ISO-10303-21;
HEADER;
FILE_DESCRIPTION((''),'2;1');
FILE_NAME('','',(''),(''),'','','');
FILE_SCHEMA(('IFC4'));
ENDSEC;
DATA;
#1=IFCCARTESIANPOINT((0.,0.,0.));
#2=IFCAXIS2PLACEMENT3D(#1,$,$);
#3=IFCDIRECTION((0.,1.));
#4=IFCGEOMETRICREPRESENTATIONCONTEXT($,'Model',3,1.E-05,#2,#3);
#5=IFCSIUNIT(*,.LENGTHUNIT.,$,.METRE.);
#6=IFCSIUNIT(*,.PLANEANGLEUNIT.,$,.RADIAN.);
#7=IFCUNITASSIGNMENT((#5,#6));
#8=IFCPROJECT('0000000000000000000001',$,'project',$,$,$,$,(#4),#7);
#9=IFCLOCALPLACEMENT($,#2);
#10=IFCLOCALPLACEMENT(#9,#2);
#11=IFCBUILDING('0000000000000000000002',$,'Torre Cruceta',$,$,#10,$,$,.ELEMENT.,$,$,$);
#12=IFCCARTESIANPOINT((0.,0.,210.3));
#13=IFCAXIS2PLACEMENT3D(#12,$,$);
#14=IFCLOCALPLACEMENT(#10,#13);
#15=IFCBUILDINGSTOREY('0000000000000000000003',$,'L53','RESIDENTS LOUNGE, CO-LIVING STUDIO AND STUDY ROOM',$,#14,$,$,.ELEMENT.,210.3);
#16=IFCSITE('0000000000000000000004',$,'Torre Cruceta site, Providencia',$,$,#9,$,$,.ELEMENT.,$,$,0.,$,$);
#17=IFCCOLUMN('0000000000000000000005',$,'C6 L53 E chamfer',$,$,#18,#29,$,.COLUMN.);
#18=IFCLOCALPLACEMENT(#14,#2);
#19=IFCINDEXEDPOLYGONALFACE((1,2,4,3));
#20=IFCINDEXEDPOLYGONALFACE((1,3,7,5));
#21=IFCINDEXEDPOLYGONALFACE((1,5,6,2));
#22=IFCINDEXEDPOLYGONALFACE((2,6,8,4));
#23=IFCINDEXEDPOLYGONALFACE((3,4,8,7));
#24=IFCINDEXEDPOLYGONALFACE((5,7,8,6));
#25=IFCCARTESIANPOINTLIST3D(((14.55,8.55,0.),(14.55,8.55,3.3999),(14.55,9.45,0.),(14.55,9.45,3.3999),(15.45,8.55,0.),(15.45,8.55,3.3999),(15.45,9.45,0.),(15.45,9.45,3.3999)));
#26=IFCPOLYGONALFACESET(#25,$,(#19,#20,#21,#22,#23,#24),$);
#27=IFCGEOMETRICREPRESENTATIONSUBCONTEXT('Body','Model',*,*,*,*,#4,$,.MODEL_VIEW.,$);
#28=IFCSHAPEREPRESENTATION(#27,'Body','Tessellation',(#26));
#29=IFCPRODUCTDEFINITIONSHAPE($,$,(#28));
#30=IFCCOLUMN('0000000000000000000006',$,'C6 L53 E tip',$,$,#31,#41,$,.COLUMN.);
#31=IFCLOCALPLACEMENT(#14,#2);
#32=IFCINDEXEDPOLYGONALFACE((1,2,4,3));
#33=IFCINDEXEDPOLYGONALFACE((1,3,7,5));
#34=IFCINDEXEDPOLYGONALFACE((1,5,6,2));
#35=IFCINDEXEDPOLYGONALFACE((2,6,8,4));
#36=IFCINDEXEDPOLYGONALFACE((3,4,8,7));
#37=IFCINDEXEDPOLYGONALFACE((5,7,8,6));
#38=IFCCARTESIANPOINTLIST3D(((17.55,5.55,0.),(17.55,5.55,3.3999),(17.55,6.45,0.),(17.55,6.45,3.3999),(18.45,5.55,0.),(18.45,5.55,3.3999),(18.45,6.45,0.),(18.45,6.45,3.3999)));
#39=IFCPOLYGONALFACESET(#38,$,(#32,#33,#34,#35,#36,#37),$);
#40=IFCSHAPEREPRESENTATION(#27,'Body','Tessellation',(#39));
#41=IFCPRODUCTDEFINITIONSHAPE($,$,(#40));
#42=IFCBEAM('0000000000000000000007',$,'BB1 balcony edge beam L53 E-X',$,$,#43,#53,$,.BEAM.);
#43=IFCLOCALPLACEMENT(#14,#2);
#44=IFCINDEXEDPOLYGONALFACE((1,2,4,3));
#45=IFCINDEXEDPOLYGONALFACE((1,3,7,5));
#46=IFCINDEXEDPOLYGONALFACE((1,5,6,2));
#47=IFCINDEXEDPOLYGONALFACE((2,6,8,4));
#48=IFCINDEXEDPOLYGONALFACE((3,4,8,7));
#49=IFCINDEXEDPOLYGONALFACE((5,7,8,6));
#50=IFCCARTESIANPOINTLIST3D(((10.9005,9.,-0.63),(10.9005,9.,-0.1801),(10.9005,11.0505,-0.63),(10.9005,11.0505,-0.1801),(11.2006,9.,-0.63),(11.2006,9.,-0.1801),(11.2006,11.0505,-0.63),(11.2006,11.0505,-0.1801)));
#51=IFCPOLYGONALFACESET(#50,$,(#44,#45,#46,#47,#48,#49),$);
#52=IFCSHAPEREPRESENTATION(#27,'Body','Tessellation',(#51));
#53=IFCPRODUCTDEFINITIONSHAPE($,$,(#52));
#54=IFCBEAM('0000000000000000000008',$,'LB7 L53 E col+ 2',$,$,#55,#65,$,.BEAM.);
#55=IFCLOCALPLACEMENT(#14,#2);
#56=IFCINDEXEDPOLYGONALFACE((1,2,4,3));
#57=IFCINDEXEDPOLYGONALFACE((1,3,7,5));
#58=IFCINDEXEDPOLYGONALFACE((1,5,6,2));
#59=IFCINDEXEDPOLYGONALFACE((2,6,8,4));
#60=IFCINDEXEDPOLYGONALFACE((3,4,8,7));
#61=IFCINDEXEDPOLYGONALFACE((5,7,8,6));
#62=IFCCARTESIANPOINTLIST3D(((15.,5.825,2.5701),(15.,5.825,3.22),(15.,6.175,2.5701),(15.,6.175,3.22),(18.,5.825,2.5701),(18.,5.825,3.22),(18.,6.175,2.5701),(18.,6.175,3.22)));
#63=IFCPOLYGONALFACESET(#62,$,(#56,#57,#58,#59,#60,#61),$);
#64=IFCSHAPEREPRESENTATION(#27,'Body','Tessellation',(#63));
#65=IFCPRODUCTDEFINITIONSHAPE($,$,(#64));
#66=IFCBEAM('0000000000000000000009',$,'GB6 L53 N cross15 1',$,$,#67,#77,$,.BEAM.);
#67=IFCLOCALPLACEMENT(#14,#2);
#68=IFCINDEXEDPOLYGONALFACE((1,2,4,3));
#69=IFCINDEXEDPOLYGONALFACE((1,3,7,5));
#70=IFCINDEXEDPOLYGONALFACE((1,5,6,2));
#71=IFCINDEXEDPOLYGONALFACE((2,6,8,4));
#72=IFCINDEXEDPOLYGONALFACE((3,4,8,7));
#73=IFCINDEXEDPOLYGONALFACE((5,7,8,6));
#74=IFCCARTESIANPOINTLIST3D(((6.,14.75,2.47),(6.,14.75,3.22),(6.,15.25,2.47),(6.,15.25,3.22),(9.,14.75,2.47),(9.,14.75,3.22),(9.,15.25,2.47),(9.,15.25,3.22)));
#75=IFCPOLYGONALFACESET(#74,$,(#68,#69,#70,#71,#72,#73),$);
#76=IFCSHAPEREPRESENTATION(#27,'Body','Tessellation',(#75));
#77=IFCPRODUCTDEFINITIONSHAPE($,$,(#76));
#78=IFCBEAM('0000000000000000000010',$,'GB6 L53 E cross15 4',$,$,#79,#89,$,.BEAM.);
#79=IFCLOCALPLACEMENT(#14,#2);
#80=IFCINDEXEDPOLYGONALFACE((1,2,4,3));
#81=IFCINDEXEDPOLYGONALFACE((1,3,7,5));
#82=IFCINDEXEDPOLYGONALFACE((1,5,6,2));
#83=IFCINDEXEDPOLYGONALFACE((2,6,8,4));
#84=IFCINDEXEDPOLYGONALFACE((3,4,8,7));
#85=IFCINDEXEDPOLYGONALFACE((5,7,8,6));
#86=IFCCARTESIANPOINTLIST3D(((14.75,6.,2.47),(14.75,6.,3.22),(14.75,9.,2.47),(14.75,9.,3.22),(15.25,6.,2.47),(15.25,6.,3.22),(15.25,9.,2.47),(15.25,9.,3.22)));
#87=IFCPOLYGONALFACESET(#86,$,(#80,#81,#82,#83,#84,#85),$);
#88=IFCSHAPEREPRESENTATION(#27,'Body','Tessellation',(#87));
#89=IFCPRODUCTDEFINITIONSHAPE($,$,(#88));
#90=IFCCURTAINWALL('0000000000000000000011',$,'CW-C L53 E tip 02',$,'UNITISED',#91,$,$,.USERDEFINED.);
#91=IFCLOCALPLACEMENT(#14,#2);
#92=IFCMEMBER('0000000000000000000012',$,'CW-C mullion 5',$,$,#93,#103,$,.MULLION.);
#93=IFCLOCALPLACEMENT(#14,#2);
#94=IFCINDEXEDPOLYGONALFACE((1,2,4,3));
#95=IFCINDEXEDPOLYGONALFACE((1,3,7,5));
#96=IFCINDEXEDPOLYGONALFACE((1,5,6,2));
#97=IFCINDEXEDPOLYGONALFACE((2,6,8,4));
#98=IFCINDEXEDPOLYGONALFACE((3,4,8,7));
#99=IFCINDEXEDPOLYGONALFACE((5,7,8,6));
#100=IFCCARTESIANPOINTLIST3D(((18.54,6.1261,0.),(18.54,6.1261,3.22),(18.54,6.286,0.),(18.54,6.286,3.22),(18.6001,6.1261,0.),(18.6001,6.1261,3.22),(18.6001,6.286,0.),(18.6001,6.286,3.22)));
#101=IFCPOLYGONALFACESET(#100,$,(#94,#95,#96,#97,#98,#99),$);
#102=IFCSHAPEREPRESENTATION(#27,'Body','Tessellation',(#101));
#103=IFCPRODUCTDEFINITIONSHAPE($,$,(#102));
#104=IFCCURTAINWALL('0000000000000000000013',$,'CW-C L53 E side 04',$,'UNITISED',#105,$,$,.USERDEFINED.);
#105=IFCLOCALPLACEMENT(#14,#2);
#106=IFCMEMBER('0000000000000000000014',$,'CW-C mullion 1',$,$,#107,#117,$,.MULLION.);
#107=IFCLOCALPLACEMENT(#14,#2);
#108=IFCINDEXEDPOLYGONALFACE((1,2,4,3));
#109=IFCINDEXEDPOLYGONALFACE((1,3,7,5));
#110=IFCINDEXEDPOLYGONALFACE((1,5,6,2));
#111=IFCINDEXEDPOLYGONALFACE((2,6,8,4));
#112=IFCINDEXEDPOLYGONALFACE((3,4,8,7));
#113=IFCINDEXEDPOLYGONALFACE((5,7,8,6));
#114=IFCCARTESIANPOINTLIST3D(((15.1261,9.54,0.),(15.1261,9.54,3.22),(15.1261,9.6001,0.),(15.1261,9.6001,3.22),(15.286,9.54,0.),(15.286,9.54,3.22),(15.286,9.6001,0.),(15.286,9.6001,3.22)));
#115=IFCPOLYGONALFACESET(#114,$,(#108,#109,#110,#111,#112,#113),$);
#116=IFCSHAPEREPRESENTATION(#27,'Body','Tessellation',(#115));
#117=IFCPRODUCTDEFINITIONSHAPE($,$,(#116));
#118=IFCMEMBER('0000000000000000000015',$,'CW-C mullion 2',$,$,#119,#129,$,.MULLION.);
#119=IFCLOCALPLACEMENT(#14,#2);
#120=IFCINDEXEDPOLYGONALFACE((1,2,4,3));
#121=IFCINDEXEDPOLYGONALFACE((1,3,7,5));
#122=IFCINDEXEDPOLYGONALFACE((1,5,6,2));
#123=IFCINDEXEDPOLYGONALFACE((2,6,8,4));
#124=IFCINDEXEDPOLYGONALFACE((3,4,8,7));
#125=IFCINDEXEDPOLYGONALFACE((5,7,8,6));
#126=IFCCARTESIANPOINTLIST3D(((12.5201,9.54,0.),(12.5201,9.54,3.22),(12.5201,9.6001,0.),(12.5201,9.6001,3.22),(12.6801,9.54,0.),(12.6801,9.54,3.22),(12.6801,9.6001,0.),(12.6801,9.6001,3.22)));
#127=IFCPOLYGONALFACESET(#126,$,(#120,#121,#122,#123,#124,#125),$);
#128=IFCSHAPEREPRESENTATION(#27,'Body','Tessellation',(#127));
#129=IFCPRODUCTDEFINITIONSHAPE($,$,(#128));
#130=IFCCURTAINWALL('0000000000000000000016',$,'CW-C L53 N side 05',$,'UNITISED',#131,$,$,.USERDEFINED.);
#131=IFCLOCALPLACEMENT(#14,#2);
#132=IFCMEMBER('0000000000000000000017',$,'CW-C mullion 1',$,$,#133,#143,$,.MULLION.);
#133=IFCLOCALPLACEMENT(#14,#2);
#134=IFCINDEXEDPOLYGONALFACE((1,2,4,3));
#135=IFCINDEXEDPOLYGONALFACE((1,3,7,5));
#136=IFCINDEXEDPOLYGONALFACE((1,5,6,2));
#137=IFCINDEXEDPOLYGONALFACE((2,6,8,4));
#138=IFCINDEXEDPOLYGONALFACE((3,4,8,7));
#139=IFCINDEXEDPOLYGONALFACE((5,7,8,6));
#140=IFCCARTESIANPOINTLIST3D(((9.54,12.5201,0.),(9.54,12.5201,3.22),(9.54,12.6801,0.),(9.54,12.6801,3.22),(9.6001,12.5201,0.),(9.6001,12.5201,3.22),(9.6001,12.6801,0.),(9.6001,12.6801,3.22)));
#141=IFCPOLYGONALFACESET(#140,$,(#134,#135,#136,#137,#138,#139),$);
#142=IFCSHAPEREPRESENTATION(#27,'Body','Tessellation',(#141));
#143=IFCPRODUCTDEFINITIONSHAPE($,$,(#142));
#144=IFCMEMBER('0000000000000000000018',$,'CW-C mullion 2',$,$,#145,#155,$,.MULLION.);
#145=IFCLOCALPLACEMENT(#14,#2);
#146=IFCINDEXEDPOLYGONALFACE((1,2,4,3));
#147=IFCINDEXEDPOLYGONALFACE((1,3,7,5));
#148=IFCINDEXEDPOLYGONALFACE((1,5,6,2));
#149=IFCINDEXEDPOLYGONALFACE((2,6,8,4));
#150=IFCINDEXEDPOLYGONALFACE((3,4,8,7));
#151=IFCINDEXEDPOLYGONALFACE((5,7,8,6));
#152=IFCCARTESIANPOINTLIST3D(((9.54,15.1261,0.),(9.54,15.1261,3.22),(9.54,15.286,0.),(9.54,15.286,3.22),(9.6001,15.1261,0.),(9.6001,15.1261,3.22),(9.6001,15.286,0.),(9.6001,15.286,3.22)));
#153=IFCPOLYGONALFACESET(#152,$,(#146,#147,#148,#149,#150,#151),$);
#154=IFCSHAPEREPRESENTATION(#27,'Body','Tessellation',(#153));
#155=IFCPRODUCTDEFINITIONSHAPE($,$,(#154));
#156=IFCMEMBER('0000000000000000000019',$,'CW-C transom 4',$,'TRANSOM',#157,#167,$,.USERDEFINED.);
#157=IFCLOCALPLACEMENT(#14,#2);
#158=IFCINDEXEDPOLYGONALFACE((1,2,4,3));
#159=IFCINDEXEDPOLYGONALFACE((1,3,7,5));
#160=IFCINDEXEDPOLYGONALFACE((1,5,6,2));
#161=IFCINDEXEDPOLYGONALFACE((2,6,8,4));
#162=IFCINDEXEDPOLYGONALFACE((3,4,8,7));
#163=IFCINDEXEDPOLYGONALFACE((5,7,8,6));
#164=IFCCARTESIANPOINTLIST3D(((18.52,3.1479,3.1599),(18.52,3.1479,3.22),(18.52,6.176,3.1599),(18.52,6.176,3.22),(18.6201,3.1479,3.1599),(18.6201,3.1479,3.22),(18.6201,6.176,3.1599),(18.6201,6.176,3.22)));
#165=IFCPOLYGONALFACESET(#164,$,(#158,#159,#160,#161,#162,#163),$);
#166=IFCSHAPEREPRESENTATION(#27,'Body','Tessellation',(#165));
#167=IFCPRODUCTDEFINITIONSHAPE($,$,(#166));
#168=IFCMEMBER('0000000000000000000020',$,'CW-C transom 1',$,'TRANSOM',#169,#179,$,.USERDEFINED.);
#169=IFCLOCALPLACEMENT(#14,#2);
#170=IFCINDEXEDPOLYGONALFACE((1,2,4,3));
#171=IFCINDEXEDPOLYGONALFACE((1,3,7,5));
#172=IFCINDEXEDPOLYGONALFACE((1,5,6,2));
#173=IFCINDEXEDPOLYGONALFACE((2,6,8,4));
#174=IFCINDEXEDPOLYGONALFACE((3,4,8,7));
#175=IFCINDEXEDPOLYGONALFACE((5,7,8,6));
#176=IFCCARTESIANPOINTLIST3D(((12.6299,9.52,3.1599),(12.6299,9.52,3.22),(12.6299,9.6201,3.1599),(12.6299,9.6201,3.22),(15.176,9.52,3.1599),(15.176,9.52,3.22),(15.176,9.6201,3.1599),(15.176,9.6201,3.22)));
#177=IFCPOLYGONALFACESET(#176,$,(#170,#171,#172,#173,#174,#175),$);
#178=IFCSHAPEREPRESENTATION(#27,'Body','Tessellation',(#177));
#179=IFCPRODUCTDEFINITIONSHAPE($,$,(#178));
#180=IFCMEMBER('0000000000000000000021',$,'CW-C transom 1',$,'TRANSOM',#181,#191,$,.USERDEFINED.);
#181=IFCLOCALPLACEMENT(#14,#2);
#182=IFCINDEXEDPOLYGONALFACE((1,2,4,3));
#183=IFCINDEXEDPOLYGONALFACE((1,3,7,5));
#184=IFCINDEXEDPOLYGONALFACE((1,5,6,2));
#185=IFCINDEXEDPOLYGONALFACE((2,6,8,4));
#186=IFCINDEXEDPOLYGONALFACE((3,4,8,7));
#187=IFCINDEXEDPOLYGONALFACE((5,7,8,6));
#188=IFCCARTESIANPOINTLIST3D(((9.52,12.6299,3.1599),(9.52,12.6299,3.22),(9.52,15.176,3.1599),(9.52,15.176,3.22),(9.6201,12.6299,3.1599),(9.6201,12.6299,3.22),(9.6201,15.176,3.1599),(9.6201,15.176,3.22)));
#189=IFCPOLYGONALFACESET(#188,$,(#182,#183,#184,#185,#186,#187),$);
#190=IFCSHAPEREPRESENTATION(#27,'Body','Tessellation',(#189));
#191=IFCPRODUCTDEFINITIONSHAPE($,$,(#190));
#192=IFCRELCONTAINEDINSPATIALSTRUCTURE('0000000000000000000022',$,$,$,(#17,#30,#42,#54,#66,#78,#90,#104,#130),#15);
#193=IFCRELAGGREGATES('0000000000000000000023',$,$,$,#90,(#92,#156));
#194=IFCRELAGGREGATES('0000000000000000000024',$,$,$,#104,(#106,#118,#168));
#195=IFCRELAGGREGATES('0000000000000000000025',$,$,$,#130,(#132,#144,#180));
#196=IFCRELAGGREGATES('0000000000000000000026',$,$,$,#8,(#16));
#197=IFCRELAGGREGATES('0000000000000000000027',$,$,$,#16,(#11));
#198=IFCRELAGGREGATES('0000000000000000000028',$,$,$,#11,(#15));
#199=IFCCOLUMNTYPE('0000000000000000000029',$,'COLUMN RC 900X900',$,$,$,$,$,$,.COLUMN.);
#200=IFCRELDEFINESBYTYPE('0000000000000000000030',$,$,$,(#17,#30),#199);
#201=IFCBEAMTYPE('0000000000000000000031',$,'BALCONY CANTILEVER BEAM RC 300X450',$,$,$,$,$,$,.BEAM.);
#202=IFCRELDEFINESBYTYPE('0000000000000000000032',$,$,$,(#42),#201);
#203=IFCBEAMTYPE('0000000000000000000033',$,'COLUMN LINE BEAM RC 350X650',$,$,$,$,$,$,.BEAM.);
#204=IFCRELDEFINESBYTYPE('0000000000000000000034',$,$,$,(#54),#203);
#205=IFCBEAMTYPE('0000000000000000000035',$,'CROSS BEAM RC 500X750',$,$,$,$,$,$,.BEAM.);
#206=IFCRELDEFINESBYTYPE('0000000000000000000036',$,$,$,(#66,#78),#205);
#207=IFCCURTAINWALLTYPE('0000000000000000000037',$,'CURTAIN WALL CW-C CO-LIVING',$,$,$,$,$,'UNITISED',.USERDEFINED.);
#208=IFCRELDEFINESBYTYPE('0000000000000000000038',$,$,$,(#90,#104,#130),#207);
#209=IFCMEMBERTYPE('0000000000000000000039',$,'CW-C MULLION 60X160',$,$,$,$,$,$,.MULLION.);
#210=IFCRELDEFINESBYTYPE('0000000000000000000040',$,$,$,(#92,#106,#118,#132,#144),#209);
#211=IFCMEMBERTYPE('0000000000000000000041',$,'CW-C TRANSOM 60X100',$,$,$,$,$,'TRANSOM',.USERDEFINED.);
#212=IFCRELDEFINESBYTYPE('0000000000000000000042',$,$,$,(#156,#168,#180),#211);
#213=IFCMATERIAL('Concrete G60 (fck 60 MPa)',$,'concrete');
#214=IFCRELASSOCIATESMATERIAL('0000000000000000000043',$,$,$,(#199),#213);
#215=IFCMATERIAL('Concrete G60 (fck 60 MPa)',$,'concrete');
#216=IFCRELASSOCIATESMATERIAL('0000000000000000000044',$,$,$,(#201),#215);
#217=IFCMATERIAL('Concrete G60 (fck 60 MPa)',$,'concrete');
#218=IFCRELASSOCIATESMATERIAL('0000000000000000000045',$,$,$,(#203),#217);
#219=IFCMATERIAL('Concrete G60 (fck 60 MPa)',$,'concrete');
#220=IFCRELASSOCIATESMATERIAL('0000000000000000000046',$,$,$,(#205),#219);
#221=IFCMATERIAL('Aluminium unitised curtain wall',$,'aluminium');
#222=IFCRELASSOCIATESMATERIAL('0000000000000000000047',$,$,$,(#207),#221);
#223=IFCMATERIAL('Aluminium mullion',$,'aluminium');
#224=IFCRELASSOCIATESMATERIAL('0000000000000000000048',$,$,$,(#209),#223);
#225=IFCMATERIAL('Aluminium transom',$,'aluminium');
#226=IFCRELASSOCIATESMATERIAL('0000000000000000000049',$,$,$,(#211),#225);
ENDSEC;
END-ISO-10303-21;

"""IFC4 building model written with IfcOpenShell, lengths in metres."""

from ifc_helpers import new_model, si_unit, direction, frame, origin, origin_2d, place, context, subcontext, project, spatial, rectangle, extrude, material, material_profile, profile_set, type_object, element, aggregate, save


model = new_model("IFC4")

# Units and contexts
model_context = context("Model", 3, precision=1e-05, world=origin(), true_north=direction((0.0, 1.0)))
body_context = subcontext(model_context, "Body", "Model", "MODEL_VIEW")
ifc_project = project(units=[si_unit("LENGTHUNIT", "METRE"), si_unit("PLANEANGLEUNIT", "RADIAN")], contexts=[model_context])

# Site, building, storey
site_placement = place(None, origin())
site = spatial("IfcSite", under=ifc_project, at=site_placement, Name="Torre Cruceta site, Providencia", CompositionType="ELEMENT", RefElevation=0.0)
building_placement = place(site_placement, origin())
building = spatial("IfcBuilding", under=site, at=building_placement, Name="Torre Cruceta", CompositionType="ELEMENT")
storey_placement = place(building_placement, frame((0.0, 0.0, 210.3)))
storey = spatial("IfcBuildingStorey", under=building, at=storey_placement, Name="L53", Description="RESIDENTS LOUNGE, CO-LIVING STUDIO AND STUDY ROOM", CompositionType="ELEMENT", Elevation=210.3)

# Columns
ifc_material_1 = material(Name="Concrete G60 (fck 60 MPa)", Category="concrete")
ifc_material_profile_1 = material_profile(ifc_material_1, rectangle(XDim=0.8999, YDim=0.8999, at=origin_2d()), Name="RC 900X900")
ifc_profile_set_1 = profile_set([ifc_material_profile_1], Name="Concrete G60 (fck 60 MPa)")
column_type = type_object("IfcColumnType", Name="COLUMN RC 900X900", PredefinedType="COLUMN", material=ifc_profile_set_1)
for number, where, z_axis, x_axis, name in (
    (1, (15.0, 9.0, 0.0), (0.0, 0.0, 1.0), (1.0, 0.0, 0.0), "C6 L53 E chamfer"),
    (2, (18.0, 6.0, 0.0), (0.0, 0.0, 1.0), (1.0, 0.0, 0.0), "C6 L53 E tip"),
):
    element("IfcColumn", number, at=place(storey_placement, frame(where, z_axis=z_axis, x_axis=x_axis)), inside=storey, type_object=column_type, Name=name, PredefinedType="COLUMN", context=body_context, shape_type="SweptSolid", body=[
        extrude(rectangle(XDim=0.8999, YDim=0.8999, at=origin_2d()), origin(), (0.0, 0.0, 1.0), 3.3999),
    ])

# Beams
ifc_material_2 = material(Name="Concrete G60 (fck 60 MPa)", Category="concrete")
ifc_material_profile_2 = material_profile(ifc_material_2, rectangle(XDim=0.3, YDim=0.45, at=origin_2d()), Name="RC 300X450")
ifc_profile_set_2 = profile_set([ifc_material_profile_2], Name="Concrete G60 (fck 60 MPa)")
beam_type_1 = type_object("IfcBeamType", Name="BALCONY CANTILEVER BEAM RC 300X450", PredefinedType="BEAM", material=ifc_profile_set_2)
beam_1_placement = place(storey_placement, frame((11.0505, 9.0, -0.405), z_axis=(0.0, 1.0, 0.0), x_axis=(-1.0, 0.0, 0.0)))
element("IfcBeam", 3, at=beam_1_placement, inside=storey, type_object=beam_type_1, Name="BB1 balcony edge beam L53 E-X", PredefinedType="BEAM", context=body_context, shape_type="SweptSolid", body=[
    extrude(rectangle(XDim=0.3, YDim=0.45, at=origin_2d()), origin(), (0.0, 0.0, 1.0), 2.0505),
])
ifc_material_3 = material(Name="Concrete G60 (fck 60 MPa)", Category="concrete")
ifc_material_profile_3 = material_profile(ifc_material_3, rectangle(XDim=0.3501, YDim=0.6499, at=origin_2d()), Name="RC 350X650")
ifc_profile_set_3 = profile_set([ifc_material_profile_3], Name="Concrete G60 (fck 60 MPa)")
beam_type_2 = type_object("IfcBeamType", Name="COLUMN LINE BEAM RC 350X650", PredefinedType="BEAM", material=ifc_profile_set_3)
beam_2_placement = place(storey_placement, frame((15.0, 6.0, 2.895), z_axis=(1.0, 0.0, 0.0), x_axis=(0.0, 1.0, 0.0)))
element("IfcBeam", 4, at=beam_2_placement, inside=storey, type_object=beam_type_2, Name="LB7 L53 E col+ 2", PredefinedType="BEAM", context=body_context, shape_type="SweptSolid", body=[
    extrude(rectangle(XDim=0.3501, YDim=0.6499, at=origin_2d()), origin(), (0.0, 0.0, 1.0), 3.0),
])
ifc_material_4 = material(Name="Concrete G60 (fck 60 MPa)", Category="concrete")
ifc_material_profile_4 = material_profile(ifc_material_4, rectangle(XDim=0.5, YDim=0.75, at=origin_2d()), Name="RC 500X750")
ifc_profile_set_4 = profile_set([ifc_material_profile_4], Name="Concrete G60 (fck 60 MPa)")
beam_type_3 = type_object("IfcBeamType", Name="CROSS BEAM RC 500X750", PredefinedType="BEAM", material=ifc_profile_set_4)
for number, where, z_axis, x_axis, name in (
    (5, (9.0, 15.0, 2.845), (-1.0, 0.0, 0.0), (0.0, -1.0, 0.0), "GB6 L53 N cross15 1"),
    (6, (15.0, 6.0, 2.845), (0.0, 1.0, 0.0), (-1.0, 0.0, 0.0), "GB6 L53 E cross15 4"),
):
    element("IfcBeam", number, at=place(storey_placement, frame(where, z_axis=z_axis, x_axis=x_axis)), inside=storey, type_object=beam_type_3, Name=name, PredefinedType="BEAM", context=body_context, shape_type="SweptSolid", body=[
        extrude(rectangle(XDim=0.5, YDim=0.75, at=origin_2d()), origin(), (0.0, 0.0, 1.0), 3.0),
    ])

# Curtain wall, member
ifc_material_5 = material(Name="Aluminium unitised curtain wall", Category="aluminium")
curtain_wall_type = type_object("IfcCurtainWallType", Name="CURTAIN WALL CW-C CO-LIVING", ElementType="UNITISED", PredefinedType="USERDEFINED", material=ifc_material_5)
curtain_wall_1_placement = place(storey_placement, origin())
curtain_wall_1 = element("IfcCurtainWall", 7, at=curtain_wall_1_placement, inside=storey, type_object=curtain_wall_type, Name="CW-C L53 E tip 02", ObjectType="UNITISED", PredefinedType="USERDEFINED")
ifc_material_6 = material(Name="Aluminium mullion", Category="aluminium")
ifc_material_profile_5 = material_profile(ifc_material_6, rectangle(XDim=0.0601, YDim=0.1599, at=origin_2d()), Name="AL 60X160")
ifc_profile_set_5 = profile_set([ifc_material_profile_5], Name="Aluminium mullion")
member_type_1 = type_object("IfcMemberType", Name="CW-C MULLION 60X160", PredefinedType="MULLION", material=ifc_profile_set_5)
member_1_placement = place(storey_placement, frame((18.5701, 6.2061, 0.0), z_axis=(0.0, 0.0, 1.0), x_axis=(-1.0, 0.0, 0.0)))
member_1 = element("IfcMember", 8, at=member_1_placement, type_object=member_type_1, Name="CW-C mullion 5", PredefinedType="MULLION", context=body_context, shape_type="SweptSolid", body=[
    extrude(rectangle(XDim=0.0601, YDim=0.1599, at=origin_2d()), origin(), (0.0, 0.0, 1.0), 3.22),
])

# Curtain walls, members
curtain_wall_2_placement = place(storey_placement, origin())
curtain_wall_2 = element("IfcCurtainWall", 9, at=curtain_wall_2_placement, inside=storey, type_object=curtain_wall_type, Name="CW-C L53 E side 04", ObjectType="UNITISED", PredefinedType="USERDEFINED")
member_2_placement = place(storey_placement, frame((15.2061, 9.5701, 0.0), z_axis=(0.0, 0.0, 1.0), x_axis=(0.0, -1.0, 0.0)))
member_2 = element("IfcMember", 10, at=member_2_placement, type_object=member_type_1, Name="CW-C mullion 1", PredefinedType="MULLION", context=body_context, shape_type="SweptSolid", body=[
    extrude(rectangle(XDim=0.0601, YDim=0.1599, at=origin_2d()), origin(), (0.0, 0.0, 1.0), 3.22),
])
member_3_placement = place(storey_placement, frame((12.6001, 9.5701, 0.0), z_axis=(0.0, 0.0, 1.0), x_axis=(0.0, -1.0, 0.0)))
member_3 = element("IfcMember", 11, at=member_3_placement, type_object=member_type_1, Name="CW-C mullion 2", PredefinedType="MULLION", context=body_context, shape_type="SweptSolid", body=[
    extrude(rectangle(XDim=0.0601, YDim=0.1599, at=origin_2d()), origin(), (0.0, 0.0, 1.0), 3.22),
])
curtain_wall_3_placement = place(storey_placement, origin())
curtain_wall_3 = element("IfcCurtainWall", 12, at=curtain_wall_3_placement, inside=storey, type_object=curtain_wall_type, Name="CW-C L53 N side 05", ObjectType="UNITISED", PredefinedType="USERDEFINED")
member_4_placement = place(storey_placement, frame((9.5701, 12.6001, 0.0), z_axis=(0.0, 0.0, 1.0), x_axis=(-1.0, 0.0, 0.0)))
member_4 = element("IfcMember", 13, at=member_4_placement, type_object=member_type_1, Name="CW-C mullion 1", PredefinedType="MULLION", context=body_context, shape_type="SweptSolid", body=[
    extrude(rectangle(XDim=0.0601, YDim=0.1599, at=origin_2d()), origin(), (0.0, 0.0, 1.0), 3.22),
])
member_5_placement = place(storey_placement, frame((9.5701, 15.2061, 0.0), z_axis=(0.0, 0.0, 1.0), x_axis=(-1.0, 0.0, 0.0)))
member_5 = element("IfcMember", 14, at=member_5_placement, type_object=member_type_1, Name="CW-C mullion 2", PredefinedType="MULLION", context=body_context, shape_type="SweptSolid", body=[
    extrude(rectangle(XDim=0.0601, YDim=0.1599, at=origin_2d()), origin(), (0.0, 0.0, 1.0), 3.22),
])

# Members
ifc_material_7 = material(Name="Aluminium transom", Category="aluminium")
ifc_material_profile_6 = material_profile(ifc_material_7, rectangle(XDim=0.1001, YDim=0.0601, at=origin_2d()), Name="AL 100X60")
ifc_profile_set_6 = profile_set([ifc_material_profile_6], Name="Aluminium transom")
member_type_2 = type_object("IfcMemberType", Name="CW-C TRANSOM 60X100", ElementType="TRANSOM", PredefinedType="USERDEFINED", material=ifc_profile_set_6)
member_6_placement = place(storey_placement, frame((18.5701, 3.1479, 3.1899), z_axis=(0.0, 1.0, 0.0), x_axis=(-1.0, 0.0, 0.0)))
member_6 = element("IfcMember", 15, at=member_6_placement, type_object=member_type_2, Name="CW-C transom 4", ObjectType="TRANSOM", PredefinedType="USERDEFINED", context=body_context, shape_type="SweptSolid", body=[
    extrude(rectangle(XDim=0.1001, YDim=0.0601, at=origin_2d()), origin(), (0.0, 0.0, 1.0), 3.0281),
])
member_7_placement = place(storey_placement, frame((15.176, 9.5701, 3.1899), z_axis=(-1.0, 0.0, 0.0), x_axis=(0.0, -1.0, 0.0)))
member_7 = element("IfcMember", 16, at=member_7_placement, type_object=member_type_2, Name="CW-C transom 1", ObjectType="TRANSOM", PredefinedType="USERDEFINED", context=body_context, shape_type="SweptSolid", body=[
    extrude(rectangle(XDim=0.1001, YDim=0.0601, at=origin_2d()), origin(), (0.0, 0.0, 1.0), 2.5461),
])
member_8_placement = place(storey_placement, frame((9.5701, 12.6299, 3.1899), z_axis=(0.0, 1.0, 0.0), x_axis=(-1.0, 0.0, 0.0)))
member_8 = element("IfcMember", 17, at=member_8_placement, type_object=member_type_2, Name="CW-C transom 1", ObjectType="TRANSOM", PredefinedType="USERDEFINED", context=body_context, shape_type="SweptSolid", body=[
    extrude(rectangle(XDim=0.1001, YDim=0.0601, at=origin_2d()), origin(), (0.0, 0.0, 1.0), 2.5461),
])

aggregate(curtain_wall_1, [member_1, member_6])
aggregate(curtain_wall_2, [member_2, member_3, member_7])
aggregate(curtain_wall_3, [member_4, member_5, member_8])

save(model, "model.ifc")
